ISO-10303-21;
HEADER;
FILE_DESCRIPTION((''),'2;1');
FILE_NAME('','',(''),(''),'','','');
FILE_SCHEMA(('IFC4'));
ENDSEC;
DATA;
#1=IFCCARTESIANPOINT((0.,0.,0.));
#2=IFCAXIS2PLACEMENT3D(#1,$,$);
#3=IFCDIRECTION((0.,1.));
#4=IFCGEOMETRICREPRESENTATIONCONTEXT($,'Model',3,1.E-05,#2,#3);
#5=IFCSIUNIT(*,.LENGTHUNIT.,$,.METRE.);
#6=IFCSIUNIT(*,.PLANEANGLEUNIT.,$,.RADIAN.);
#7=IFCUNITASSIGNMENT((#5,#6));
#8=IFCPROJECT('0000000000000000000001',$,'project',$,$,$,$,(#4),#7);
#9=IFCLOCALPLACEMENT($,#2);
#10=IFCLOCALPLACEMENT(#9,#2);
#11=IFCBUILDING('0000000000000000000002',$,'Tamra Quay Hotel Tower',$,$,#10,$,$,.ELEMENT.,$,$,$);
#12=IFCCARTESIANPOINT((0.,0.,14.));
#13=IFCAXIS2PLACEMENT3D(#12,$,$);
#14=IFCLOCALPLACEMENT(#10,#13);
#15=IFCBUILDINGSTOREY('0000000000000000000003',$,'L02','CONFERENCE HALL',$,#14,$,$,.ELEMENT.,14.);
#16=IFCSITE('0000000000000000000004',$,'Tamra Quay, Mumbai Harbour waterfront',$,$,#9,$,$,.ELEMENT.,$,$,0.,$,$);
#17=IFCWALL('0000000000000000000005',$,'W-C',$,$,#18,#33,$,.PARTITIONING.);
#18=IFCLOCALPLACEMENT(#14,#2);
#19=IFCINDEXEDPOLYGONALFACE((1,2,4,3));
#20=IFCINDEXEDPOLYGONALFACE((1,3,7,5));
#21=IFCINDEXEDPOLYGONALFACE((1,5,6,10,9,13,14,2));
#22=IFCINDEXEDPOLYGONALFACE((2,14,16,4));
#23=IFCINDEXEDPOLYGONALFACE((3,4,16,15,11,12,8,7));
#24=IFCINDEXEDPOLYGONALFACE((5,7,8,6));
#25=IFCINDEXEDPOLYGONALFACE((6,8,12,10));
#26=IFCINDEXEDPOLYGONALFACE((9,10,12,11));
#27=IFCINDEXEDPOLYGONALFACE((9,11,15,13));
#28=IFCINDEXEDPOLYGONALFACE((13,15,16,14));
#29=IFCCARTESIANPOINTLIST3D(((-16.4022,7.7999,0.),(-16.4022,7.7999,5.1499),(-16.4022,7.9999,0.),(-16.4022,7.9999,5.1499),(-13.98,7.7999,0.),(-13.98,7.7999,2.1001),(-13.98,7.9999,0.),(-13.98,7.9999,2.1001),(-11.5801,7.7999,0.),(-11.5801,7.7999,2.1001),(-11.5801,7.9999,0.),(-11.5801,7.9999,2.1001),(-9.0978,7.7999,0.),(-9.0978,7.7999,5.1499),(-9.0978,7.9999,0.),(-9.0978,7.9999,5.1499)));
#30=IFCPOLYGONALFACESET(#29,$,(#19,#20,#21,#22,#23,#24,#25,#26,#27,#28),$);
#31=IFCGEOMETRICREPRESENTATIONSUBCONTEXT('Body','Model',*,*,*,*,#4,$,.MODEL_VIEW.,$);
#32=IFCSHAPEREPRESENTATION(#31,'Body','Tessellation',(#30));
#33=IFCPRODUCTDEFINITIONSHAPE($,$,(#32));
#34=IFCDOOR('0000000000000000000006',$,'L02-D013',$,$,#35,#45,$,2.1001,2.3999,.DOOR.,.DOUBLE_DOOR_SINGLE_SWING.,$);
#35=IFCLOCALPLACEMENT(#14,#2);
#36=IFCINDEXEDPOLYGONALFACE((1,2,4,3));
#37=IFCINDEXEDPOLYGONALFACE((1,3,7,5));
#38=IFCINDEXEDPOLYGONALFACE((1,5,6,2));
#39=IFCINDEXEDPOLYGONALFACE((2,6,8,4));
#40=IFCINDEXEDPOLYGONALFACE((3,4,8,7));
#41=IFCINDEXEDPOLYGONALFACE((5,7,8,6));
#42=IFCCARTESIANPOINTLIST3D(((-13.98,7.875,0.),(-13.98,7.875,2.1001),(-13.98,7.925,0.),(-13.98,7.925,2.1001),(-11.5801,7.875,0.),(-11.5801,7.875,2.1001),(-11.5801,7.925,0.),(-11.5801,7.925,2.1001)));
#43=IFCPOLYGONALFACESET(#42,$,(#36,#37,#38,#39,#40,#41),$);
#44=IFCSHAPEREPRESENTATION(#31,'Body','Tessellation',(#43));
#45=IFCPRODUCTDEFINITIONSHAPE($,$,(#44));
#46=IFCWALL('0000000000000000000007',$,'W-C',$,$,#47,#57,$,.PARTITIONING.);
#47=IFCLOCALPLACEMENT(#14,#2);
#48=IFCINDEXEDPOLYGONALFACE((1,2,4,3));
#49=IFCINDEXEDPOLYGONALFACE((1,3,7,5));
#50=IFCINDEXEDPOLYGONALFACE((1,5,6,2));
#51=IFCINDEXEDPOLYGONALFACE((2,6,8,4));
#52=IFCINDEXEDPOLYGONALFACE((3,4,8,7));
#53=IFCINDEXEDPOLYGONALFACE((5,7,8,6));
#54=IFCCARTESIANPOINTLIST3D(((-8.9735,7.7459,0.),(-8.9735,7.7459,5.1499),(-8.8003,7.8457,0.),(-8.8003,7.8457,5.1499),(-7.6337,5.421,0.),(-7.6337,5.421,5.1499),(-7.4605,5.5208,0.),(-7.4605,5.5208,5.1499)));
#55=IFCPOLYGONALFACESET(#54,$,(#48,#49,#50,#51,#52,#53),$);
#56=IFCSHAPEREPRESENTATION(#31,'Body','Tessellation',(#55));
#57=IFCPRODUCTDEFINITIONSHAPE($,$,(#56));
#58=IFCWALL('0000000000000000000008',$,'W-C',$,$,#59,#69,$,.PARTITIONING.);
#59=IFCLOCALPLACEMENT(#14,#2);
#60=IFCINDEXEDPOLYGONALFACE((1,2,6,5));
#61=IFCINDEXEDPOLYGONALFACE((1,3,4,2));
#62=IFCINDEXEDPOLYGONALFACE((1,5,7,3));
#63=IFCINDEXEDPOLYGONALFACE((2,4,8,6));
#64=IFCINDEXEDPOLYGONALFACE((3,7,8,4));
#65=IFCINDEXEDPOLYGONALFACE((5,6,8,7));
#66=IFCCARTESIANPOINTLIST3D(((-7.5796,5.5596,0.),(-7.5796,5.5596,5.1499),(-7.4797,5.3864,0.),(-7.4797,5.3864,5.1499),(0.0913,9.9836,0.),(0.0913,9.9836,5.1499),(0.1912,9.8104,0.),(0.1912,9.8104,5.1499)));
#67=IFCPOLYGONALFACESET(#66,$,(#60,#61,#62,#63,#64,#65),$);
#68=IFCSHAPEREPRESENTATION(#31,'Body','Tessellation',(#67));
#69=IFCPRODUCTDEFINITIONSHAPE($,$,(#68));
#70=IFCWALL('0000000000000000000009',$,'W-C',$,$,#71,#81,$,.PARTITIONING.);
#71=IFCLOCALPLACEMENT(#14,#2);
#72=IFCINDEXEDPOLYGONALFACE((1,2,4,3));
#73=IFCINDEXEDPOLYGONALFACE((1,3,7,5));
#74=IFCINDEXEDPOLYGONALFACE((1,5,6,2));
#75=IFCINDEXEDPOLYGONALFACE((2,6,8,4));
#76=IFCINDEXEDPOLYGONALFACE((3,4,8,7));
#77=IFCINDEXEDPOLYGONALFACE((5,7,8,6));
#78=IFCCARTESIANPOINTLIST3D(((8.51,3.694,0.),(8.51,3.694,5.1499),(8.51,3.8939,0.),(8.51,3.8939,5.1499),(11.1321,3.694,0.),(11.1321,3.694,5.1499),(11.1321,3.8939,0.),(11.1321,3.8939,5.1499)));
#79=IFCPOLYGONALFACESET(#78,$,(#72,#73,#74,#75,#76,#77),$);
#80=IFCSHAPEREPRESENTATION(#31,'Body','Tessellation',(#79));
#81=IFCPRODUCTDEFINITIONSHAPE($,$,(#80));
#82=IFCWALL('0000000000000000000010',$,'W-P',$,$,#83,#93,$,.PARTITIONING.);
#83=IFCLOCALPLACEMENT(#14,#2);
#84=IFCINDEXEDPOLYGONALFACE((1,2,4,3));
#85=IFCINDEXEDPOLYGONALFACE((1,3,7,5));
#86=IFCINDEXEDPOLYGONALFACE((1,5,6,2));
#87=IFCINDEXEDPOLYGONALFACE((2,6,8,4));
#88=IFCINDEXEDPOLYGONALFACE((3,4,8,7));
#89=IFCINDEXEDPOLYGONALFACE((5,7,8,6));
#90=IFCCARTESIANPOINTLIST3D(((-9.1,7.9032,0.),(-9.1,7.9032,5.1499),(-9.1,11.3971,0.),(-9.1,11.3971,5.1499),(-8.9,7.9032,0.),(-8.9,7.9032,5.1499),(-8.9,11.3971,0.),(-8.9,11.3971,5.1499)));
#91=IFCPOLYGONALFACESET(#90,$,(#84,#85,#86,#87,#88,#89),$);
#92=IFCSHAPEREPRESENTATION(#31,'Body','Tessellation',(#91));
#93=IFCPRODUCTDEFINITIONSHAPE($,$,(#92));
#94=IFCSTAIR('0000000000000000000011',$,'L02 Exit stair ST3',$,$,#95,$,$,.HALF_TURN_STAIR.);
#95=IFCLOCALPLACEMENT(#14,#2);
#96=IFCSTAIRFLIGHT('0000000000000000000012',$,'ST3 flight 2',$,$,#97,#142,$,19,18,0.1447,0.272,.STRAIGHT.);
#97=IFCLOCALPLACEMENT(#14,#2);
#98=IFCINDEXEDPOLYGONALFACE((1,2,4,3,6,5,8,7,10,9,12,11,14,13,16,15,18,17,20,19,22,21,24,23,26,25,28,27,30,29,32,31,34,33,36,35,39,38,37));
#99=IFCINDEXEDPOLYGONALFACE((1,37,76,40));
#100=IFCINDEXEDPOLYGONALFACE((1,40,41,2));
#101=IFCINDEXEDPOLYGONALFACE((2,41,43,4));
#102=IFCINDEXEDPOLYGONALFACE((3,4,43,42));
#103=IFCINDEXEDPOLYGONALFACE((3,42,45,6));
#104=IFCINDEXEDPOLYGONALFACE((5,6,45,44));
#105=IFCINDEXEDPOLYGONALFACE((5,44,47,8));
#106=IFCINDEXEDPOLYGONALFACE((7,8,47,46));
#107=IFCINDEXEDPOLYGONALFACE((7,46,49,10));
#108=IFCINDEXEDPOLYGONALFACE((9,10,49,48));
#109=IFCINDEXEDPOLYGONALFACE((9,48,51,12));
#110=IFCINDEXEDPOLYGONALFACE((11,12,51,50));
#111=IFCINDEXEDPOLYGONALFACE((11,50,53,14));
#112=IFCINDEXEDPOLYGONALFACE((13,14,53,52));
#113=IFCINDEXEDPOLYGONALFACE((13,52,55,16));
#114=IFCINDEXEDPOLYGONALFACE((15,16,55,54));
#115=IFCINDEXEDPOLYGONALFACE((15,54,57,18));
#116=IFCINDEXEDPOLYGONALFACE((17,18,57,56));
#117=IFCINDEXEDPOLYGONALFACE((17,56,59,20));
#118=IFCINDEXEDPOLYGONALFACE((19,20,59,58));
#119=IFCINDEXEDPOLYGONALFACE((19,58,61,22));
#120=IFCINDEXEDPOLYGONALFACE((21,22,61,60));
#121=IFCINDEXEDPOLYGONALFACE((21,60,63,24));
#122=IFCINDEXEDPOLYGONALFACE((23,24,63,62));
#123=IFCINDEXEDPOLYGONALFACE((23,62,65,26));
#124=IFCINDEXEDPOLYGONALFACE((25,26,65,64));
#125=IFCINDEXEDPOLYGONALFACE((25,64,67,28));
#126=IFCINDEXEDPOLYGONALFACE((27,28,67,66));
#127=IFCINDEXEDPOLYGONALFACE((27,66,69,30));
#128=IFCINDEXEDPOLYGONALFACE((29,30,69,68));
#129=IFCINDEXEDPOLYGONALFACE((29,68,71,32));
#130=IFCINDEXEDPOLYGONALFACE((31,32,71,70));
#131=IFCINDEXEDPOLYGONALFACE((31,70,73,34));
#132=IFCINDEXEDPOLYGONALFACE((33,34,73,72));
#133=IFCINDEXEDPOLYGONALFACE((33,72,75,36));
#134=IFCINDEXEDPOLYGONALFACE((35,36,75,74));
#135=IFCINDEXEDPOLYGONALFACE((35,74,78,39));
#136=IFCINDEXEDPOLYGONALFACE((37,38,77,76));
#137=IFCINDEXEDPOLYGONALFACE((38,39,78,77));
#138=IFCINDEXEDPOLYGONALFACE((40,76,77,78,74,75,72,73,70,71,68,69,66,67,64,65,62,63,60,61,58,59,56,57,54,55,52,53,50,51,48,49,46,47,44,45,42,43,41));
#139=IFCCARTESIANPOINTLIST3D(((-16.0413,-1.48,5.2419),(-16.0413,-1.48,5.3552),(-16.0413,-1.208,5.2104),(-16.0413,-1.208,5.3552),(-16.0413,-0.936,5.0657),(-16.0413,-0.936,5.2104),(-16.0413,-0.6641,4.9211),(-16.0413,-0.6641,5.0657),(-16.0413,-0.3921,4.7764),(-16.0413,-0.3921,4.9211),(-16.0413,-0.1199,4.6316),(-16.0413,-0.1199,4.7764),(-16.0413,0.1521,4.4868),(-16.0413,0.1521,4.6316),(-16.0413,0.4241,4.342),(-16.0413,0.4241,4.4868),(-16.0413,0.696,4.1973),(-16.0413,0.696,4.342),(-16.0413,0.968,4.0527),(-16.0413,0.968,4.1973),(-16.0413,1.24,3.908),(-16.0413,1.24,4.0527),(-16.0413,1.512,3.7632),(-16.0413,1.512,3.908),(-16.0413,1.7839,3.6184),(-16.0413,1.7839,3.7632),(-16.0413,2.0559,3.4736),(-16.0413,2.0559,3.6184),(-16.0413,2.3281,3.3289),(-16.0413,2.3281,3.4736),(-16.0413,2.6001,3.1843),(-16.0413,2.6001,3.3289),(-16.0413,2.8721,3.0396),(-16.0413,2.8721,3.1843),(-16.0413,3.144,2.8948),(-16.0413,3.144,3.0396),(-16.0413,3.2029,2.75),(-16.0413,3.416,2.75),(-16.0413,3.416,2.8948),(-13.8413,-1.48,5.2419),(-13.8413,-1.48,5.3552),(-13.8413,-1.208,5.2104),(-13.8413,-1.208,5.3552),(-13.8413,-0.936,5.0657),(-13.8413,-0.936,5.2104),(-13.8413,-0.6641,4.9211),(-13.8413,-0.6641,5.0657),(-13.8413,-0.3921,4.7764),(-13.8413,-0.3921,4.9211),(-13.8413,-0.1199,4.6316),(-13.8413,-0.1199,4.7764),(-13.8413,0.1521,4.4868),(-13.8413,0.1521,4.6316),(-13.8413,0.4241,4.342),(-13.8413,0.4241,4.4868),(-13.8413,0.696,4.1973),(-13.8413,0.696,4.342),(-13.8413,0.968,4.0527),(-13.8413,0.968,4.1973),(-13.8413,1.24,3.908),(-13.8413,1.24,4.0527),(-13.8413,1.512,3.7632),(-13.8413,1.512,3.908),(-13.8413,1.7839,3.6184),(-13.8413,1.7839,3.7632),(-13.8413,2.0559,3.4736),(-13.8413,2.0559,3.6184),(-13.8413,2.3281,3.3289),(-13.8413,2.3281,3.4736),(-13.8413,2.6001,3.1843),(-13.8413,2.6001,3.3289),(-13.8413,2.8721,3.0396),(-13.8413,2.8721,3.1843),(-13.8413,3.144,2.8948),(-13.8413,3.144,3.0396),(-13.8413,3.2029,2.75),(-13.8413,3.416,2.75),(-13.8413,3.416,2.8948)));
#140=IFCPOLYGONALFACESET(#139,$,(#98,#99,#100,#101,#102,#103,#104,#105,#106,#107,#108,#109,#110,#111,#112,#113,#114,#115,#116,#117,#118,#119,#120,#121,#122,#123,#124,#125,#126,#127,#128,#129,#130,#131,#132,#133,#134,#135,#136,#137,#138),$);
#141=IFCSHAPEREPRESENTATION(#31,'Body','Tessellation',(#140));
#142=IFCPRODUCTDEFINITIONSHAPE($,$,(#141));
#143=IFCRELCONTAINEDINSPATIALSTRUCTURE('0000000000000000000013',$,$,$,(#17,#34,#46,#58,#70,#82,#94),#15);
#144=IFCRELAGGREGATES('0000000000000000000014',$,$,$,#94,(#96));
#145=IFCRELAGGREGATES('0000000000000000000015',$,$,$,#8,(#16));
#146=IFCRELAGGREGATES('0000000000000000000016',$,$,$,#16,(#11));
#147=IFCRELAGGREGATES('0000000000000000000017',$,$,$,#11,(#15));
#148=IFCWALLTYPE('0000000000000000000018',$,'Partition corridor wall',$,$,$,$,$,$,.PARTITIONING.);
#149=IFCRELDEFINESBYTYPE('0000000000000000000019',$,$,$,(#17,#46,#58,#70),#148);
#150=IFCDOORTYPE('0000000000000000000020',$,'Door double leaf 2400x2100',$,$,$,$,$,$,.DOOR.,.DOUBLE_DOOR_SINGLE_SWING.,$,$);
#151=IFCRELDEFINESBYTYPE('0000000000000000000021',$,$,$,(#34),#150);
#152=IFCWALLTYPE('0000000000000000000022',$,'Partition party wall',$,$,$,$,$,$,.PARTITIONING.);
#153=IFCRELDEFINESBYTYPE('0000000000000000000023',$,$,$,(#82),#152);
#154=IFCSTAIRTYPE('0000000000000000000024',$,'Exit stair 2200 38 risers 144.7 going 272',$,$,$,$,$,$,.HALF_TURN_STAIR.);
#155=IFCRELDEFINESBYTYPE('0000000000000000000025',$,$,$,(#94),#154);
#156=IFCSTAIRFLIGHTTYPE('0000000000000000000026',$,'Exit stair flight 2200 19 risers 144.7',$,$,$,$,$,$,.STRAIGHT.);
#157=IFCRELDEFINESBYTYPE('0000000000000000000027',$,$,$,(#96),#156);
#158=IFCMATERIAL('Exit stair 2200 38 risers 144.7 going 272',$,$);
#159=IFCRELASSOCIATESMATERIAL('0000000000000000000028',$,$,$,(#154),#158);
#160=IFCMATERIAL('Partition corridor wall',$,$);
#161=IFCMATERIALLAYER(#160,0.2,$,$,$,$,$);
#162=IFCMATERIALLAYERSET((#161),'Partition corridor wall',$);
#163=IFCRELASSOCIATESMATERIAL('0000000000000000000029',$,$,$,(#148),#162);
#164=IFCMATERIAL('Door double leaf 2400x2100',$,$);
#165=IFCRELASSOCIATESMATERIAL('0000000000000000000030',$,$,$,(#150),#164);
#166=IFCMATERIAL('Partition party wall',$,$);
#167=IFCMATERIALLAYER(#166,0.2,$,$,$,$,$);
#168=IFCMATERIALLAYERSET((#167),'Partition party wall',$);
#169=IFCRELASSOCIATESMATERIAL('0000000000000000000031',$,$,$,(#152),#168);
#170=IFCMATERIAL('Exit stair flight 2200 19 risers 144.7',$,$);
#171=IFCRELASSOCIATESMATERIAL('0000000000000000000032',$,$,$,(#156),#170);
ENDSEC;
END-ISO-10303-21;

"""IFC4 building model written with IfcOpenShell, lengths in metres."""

from ifc_helpers import new_model, si_unit, direction, frame, frame_2d, origin, place, context, subcontext, project, spatial, polyline, rectangle, outline, extrude, material, layer, layer_set, type_object, element, fill, aggregate, save


model = new_model("IFC4")

# Units and contexts
model_context = context("Model", 3, precision=1e-05, world=origin(), true_north=direction((0.0, 1.0)))
body_context = subcontext(model_context, "Body", "Model", "MODEL_VIEW")
ifc_project = project(units=[si_unit("LENGTHUNIT", "METRE"), si_unit("PLANEANGLEUNIT", "RADIAN")], contexts=[model_context])

# Site, building, storey
site_placement = place(None, origin())
site = spatial("IfcSite", under=ifc_project, at=site_placement, Name="Tamra Quay, Mumbai Harbour waterfront", CompositionType="ELEMENT", RefElevation=0.0)
building_placement = place(site_placement, origin())
building = spatial("IfcBuilding", under=site, at=building_placement, Name="Tamra Quay Hotel Tower", CompositionType="ELEMENT")
storey_placement = place(building_placement, frame((0.0, 0.0, 14.0)))
storey = spatial("IfcBuildingStorey", under=building, at=storey_placement, Name="L02", Description="CONFERENCE HALL", CompositionType="ELEMENT", Elevation=14.0)

# Shared definitions
ifc_material_1 = material(Name="Exit stair 2200 38 risers 144.7 going 272")
stair_type_1 = type_object("IfcStairType", Name="Exit stair 2200 38 risers 144.7 going 272", PredefinedType="HALF_TURN_STAIR", material=ifc_material_1)

# Wall, opening, door
ifc_material_2 = material(Name="Partition corridor wall")
ifc_layer_1 = layer(ifc_material_2, 0.2)
ifc_layer_set_1 = layer_set([ifc_layer_1], Name="Partition corridor wall")
wall_type_1 = type_object("IfcWallType", Name="Partition corridor wall", PredefinedType="PARTITIONING", material=ifc_layer_set_1)
wall_1_placement = place(storey_placement, frame((-16.4023, 7.8999, 0.0), z_axis=(0.0, 0.0, 1.0), x_axis=(1.0, 0.0, 0.0)))
wall_1 = element("IfcWall", 1, at=wall_1_placement, inside=storey, type_object=wall_type_1, Name="W-C", PredefinedType="PARTITIONING", context=body_context, shape_type="SweptSolid", body=[
    extrude(rectangle(XDim=7.3044, YDim=0.2, at=frame_2d((3.6523, 0.0))), origin(), (0.0, 0.0, 1.0), 5.1499),
])
opening_1_placement = place(wall_1_placement, frame((2.4224, 0.0, 0.0)))
opening_1 = element("IfcOpeningElement", 2, at=opening_1_placement, cuts=wall_1, PredefinedType="OPENING", context=body_context, shape_type="SweptSolid", body=[
    extrude(rectangle(XDim=2.3999, YDim=2.1001, at=frame_2d((1.2, 1.05))), frame((0.0, 0.1099, 0.0), z_axis=(0.0, -1.0, 0.0), x_axis=(1.0, 0.0, 0.0)), (0.0, 0.0, 1.0), 0.22),
])
ifc_material_3 = material(Name="Door double leaf 2400x2100")
door_type_1 = type_object("IfcDoorType", Name="Door double leaf 2400x2100", OperationType="DOUBLE_DOOR_SINGLE_SWING", PredefinedType="DOOR", material=ifc_material_3)
door_1_placement = place(opening_1_placement, frame((2.3999, 0.0, 0.0), z_axis=(0.0, 0.0, 1.0), x_axis=(-1.0, 0.0, 0.0)))
door_1 = element("IfcDoor", 3, at=door_1_placement, inside=storey, type_object=door_type_1, Name="L02-D013", OperationType="DOUBLE_DOOR_SINGLE_SWING", OverallHeight=2.1001, OverallWidth=2.3999, PredefinedType="DOOR", context=body_context, shape_type="SweptSolid", body=[
    extrude(rectangle(XDim=2.3999, YDim=2.1001, at=frame_2d((1.2, 1.05))), frame((0.0, 0.0249, 0.0), z_axis=(0.0, -1.0, 0.0), x_axis=(1.0, 0.0, 0.0)), (0.0, 0.0, 1.0), 0.05),
])
fill(opening_1, door_1)

# Walls
wall_2_placement = place(storey_placement, frame((-8.887, 7.7959, 0.0), z_axis=(0.0, 0.0, 1.0), x_axis=(0.49931, -0.866423, 0.0)))
element("IfcWall", 4, at=wall_2_placement, inside=storey, type_object=wall_type_1, Name="W-C", PredefinedType="PARTITIONING", context=body_context, shape_type="SweptSolid", body=[
    extrude(rectangle(XDim=2.6833, YDim=0.2, at=frame_2d((1.3418, 0.0))), origin(), (0.0, 0.0, 1.0), 5.1499),
])
wall_3_placement = place(storey_placement, frame((-7.5298, 5.4729, 0.0), z_axis=(0.0, 0.0, 1.0), x_axis=(0.866256, 0.4996, 0.0)))
element("IfcWall", 5, at=wall_3_placement, inside=storey, type_object=wall_type_1, Name="W-C", PredefinedType="PARTITIONING", context=body_context, shape_type="SweptSolid", body=[
    extrude(rectangle(XDim=8.8552, YDim=0.2, at=frame_2d((4.4277, 0.0))), origin(), (0.0, 0.0, 1.0), 5.1499),
])
wall_4_placement = place(storey_placement, frame((8.51, 3.7939, 0.0), z_axis=(0.0, 0.0, 1.0), x_axis=(1.0, 0.0, 0.0)))
element("IfcWall", 6, at=wall_4_placement, inside=storey, type_object=wall_type_1, Name="W-C", PredefinedType="PARTITIONING", context=body_context, shape_type="SweptSolid", body=[
    extrude(rectangle(XDim=2.6221, YDim=0.2, at=frame_2d((1.311, 0.0))), origin(), (0.0, 0.0, 1.0), 5.1499),
])
ifc_material_4 = material(Name="Partition party wall")
ifc_layer_2 = layer(ifc_material_4, 0.2)
ifc_layer_set_2 = layer_set([ifc_layer_2], Name="Partition party wall")
wall_type_2 = type_object("IfcWallType", Name="Partition party wall", PredefinedType="PARTITIONING", material=ifc_layer_set_2)
wall_5_placement = place(storey_placement, frame((-9.0, 7.9031, 0.0), z_axis=(0.0, 0.0, 1.0), x_axis=(0.0, 1.0, 0.0)))
element("IfcWall", 7, at=wall_5_placement, inside=storey, type_object=wall_type_2, Name="W-P", PredefinedType="PARTITIONING", context=body_context, shape_type="SweptSolid", body=[
    extrude(rectangle(XDim=3.4939, YDim=0.2, at=frame_2d((1.7471, 0.0))), origin(), (0.0, 0.0, 1.0), 5.1499),
])

# Stair, stair flight
stair_1_placement = place(storey_placement, origin())
stair_1 = element("IfcStair", 8, at=stair_1_placement, inside=storey, type_object=stair_type_1, Name="L02 Exit stair ST3", PredefinedType="HALF_TURN_STAIR")
ifc_material_5 = material(Name="Exit stair flight 2200 19 risers 144.7")
stair_flight_type = type_object("IfcStairFlightType", Name="Exit stair flight 2200 19 risers 144.7", PredefinedType="STRAIGHT", material=ifc_material_5)
stair_flight_placement = place(storey_placement, frame((-14.9414, 3.416, 2.75), z_axis=(0.0, 0.0, 1.0), x_axis=(0.0, -1.0, 0.0)))
stair_flight = element("IfcStairFlight", 9, at=stair_flight_placement, type_object=stair_flight_type, Name="ST3 flight 2", NumberOfRisers=19, NumberOfTreads=18, PredefinedType="STRAIGHT", RiserHeight=0.1447, TreadLength=0.272, context=body_context, shape_type="SweptSolid", body=[
    extrude(outline(polyline([(0.0, 0.0), (0.0, 0.1448), (0.272, 0.1448), (0.272, 0.2896), (0.5439, 0.2896), (0.5439, 0.4343), (0.8159, 0.4343), (0.8159, 0.5789), (1.0879, 0.5789), (1.0879, 0.7236), (1.3601, 0.7236), (1.3601, 0.8684), (1.6321, 0.8684), (1.6321, 1.0132), (1.9041, 1.0132), (1.9041, 1.158), (2.176, 1.158), (2.176, 1.3027), (2.448, 1.3027), (2.448, 1.4473), (2.72, 1.4473), (2.72, 1.592), (2.9919, 1.592), (2.9919, 1.7368), (3.2639, 1.7368), (3.2639, 1.8816), (3.5359, 1.8816), (3.5359, 2.0264), (3.8081, 2.0264), (3.8081, 2.1711), (4.0801, 2.1711), (4.0801, 2.3157), (4.3521, 2.3157), (4.3521, 2.4604), (4.624, 2.4604), (4.624, 2.6052), (4.896, 2.6052), (4.896, 2.75), (4.896, 2.4919), (0.2131, 0.0), (0.0, 0.0)])), frame((0.0, 1.1001, 0.0), z_axis=(0.0, -1.0, 0.0), x_axis=(1.0, 0.0, 0.0)), (0.0, 0.0, 1.0), 2.2),
])
aggregate(stair_1, [stair_flight])

save(model, "model.ifc")
